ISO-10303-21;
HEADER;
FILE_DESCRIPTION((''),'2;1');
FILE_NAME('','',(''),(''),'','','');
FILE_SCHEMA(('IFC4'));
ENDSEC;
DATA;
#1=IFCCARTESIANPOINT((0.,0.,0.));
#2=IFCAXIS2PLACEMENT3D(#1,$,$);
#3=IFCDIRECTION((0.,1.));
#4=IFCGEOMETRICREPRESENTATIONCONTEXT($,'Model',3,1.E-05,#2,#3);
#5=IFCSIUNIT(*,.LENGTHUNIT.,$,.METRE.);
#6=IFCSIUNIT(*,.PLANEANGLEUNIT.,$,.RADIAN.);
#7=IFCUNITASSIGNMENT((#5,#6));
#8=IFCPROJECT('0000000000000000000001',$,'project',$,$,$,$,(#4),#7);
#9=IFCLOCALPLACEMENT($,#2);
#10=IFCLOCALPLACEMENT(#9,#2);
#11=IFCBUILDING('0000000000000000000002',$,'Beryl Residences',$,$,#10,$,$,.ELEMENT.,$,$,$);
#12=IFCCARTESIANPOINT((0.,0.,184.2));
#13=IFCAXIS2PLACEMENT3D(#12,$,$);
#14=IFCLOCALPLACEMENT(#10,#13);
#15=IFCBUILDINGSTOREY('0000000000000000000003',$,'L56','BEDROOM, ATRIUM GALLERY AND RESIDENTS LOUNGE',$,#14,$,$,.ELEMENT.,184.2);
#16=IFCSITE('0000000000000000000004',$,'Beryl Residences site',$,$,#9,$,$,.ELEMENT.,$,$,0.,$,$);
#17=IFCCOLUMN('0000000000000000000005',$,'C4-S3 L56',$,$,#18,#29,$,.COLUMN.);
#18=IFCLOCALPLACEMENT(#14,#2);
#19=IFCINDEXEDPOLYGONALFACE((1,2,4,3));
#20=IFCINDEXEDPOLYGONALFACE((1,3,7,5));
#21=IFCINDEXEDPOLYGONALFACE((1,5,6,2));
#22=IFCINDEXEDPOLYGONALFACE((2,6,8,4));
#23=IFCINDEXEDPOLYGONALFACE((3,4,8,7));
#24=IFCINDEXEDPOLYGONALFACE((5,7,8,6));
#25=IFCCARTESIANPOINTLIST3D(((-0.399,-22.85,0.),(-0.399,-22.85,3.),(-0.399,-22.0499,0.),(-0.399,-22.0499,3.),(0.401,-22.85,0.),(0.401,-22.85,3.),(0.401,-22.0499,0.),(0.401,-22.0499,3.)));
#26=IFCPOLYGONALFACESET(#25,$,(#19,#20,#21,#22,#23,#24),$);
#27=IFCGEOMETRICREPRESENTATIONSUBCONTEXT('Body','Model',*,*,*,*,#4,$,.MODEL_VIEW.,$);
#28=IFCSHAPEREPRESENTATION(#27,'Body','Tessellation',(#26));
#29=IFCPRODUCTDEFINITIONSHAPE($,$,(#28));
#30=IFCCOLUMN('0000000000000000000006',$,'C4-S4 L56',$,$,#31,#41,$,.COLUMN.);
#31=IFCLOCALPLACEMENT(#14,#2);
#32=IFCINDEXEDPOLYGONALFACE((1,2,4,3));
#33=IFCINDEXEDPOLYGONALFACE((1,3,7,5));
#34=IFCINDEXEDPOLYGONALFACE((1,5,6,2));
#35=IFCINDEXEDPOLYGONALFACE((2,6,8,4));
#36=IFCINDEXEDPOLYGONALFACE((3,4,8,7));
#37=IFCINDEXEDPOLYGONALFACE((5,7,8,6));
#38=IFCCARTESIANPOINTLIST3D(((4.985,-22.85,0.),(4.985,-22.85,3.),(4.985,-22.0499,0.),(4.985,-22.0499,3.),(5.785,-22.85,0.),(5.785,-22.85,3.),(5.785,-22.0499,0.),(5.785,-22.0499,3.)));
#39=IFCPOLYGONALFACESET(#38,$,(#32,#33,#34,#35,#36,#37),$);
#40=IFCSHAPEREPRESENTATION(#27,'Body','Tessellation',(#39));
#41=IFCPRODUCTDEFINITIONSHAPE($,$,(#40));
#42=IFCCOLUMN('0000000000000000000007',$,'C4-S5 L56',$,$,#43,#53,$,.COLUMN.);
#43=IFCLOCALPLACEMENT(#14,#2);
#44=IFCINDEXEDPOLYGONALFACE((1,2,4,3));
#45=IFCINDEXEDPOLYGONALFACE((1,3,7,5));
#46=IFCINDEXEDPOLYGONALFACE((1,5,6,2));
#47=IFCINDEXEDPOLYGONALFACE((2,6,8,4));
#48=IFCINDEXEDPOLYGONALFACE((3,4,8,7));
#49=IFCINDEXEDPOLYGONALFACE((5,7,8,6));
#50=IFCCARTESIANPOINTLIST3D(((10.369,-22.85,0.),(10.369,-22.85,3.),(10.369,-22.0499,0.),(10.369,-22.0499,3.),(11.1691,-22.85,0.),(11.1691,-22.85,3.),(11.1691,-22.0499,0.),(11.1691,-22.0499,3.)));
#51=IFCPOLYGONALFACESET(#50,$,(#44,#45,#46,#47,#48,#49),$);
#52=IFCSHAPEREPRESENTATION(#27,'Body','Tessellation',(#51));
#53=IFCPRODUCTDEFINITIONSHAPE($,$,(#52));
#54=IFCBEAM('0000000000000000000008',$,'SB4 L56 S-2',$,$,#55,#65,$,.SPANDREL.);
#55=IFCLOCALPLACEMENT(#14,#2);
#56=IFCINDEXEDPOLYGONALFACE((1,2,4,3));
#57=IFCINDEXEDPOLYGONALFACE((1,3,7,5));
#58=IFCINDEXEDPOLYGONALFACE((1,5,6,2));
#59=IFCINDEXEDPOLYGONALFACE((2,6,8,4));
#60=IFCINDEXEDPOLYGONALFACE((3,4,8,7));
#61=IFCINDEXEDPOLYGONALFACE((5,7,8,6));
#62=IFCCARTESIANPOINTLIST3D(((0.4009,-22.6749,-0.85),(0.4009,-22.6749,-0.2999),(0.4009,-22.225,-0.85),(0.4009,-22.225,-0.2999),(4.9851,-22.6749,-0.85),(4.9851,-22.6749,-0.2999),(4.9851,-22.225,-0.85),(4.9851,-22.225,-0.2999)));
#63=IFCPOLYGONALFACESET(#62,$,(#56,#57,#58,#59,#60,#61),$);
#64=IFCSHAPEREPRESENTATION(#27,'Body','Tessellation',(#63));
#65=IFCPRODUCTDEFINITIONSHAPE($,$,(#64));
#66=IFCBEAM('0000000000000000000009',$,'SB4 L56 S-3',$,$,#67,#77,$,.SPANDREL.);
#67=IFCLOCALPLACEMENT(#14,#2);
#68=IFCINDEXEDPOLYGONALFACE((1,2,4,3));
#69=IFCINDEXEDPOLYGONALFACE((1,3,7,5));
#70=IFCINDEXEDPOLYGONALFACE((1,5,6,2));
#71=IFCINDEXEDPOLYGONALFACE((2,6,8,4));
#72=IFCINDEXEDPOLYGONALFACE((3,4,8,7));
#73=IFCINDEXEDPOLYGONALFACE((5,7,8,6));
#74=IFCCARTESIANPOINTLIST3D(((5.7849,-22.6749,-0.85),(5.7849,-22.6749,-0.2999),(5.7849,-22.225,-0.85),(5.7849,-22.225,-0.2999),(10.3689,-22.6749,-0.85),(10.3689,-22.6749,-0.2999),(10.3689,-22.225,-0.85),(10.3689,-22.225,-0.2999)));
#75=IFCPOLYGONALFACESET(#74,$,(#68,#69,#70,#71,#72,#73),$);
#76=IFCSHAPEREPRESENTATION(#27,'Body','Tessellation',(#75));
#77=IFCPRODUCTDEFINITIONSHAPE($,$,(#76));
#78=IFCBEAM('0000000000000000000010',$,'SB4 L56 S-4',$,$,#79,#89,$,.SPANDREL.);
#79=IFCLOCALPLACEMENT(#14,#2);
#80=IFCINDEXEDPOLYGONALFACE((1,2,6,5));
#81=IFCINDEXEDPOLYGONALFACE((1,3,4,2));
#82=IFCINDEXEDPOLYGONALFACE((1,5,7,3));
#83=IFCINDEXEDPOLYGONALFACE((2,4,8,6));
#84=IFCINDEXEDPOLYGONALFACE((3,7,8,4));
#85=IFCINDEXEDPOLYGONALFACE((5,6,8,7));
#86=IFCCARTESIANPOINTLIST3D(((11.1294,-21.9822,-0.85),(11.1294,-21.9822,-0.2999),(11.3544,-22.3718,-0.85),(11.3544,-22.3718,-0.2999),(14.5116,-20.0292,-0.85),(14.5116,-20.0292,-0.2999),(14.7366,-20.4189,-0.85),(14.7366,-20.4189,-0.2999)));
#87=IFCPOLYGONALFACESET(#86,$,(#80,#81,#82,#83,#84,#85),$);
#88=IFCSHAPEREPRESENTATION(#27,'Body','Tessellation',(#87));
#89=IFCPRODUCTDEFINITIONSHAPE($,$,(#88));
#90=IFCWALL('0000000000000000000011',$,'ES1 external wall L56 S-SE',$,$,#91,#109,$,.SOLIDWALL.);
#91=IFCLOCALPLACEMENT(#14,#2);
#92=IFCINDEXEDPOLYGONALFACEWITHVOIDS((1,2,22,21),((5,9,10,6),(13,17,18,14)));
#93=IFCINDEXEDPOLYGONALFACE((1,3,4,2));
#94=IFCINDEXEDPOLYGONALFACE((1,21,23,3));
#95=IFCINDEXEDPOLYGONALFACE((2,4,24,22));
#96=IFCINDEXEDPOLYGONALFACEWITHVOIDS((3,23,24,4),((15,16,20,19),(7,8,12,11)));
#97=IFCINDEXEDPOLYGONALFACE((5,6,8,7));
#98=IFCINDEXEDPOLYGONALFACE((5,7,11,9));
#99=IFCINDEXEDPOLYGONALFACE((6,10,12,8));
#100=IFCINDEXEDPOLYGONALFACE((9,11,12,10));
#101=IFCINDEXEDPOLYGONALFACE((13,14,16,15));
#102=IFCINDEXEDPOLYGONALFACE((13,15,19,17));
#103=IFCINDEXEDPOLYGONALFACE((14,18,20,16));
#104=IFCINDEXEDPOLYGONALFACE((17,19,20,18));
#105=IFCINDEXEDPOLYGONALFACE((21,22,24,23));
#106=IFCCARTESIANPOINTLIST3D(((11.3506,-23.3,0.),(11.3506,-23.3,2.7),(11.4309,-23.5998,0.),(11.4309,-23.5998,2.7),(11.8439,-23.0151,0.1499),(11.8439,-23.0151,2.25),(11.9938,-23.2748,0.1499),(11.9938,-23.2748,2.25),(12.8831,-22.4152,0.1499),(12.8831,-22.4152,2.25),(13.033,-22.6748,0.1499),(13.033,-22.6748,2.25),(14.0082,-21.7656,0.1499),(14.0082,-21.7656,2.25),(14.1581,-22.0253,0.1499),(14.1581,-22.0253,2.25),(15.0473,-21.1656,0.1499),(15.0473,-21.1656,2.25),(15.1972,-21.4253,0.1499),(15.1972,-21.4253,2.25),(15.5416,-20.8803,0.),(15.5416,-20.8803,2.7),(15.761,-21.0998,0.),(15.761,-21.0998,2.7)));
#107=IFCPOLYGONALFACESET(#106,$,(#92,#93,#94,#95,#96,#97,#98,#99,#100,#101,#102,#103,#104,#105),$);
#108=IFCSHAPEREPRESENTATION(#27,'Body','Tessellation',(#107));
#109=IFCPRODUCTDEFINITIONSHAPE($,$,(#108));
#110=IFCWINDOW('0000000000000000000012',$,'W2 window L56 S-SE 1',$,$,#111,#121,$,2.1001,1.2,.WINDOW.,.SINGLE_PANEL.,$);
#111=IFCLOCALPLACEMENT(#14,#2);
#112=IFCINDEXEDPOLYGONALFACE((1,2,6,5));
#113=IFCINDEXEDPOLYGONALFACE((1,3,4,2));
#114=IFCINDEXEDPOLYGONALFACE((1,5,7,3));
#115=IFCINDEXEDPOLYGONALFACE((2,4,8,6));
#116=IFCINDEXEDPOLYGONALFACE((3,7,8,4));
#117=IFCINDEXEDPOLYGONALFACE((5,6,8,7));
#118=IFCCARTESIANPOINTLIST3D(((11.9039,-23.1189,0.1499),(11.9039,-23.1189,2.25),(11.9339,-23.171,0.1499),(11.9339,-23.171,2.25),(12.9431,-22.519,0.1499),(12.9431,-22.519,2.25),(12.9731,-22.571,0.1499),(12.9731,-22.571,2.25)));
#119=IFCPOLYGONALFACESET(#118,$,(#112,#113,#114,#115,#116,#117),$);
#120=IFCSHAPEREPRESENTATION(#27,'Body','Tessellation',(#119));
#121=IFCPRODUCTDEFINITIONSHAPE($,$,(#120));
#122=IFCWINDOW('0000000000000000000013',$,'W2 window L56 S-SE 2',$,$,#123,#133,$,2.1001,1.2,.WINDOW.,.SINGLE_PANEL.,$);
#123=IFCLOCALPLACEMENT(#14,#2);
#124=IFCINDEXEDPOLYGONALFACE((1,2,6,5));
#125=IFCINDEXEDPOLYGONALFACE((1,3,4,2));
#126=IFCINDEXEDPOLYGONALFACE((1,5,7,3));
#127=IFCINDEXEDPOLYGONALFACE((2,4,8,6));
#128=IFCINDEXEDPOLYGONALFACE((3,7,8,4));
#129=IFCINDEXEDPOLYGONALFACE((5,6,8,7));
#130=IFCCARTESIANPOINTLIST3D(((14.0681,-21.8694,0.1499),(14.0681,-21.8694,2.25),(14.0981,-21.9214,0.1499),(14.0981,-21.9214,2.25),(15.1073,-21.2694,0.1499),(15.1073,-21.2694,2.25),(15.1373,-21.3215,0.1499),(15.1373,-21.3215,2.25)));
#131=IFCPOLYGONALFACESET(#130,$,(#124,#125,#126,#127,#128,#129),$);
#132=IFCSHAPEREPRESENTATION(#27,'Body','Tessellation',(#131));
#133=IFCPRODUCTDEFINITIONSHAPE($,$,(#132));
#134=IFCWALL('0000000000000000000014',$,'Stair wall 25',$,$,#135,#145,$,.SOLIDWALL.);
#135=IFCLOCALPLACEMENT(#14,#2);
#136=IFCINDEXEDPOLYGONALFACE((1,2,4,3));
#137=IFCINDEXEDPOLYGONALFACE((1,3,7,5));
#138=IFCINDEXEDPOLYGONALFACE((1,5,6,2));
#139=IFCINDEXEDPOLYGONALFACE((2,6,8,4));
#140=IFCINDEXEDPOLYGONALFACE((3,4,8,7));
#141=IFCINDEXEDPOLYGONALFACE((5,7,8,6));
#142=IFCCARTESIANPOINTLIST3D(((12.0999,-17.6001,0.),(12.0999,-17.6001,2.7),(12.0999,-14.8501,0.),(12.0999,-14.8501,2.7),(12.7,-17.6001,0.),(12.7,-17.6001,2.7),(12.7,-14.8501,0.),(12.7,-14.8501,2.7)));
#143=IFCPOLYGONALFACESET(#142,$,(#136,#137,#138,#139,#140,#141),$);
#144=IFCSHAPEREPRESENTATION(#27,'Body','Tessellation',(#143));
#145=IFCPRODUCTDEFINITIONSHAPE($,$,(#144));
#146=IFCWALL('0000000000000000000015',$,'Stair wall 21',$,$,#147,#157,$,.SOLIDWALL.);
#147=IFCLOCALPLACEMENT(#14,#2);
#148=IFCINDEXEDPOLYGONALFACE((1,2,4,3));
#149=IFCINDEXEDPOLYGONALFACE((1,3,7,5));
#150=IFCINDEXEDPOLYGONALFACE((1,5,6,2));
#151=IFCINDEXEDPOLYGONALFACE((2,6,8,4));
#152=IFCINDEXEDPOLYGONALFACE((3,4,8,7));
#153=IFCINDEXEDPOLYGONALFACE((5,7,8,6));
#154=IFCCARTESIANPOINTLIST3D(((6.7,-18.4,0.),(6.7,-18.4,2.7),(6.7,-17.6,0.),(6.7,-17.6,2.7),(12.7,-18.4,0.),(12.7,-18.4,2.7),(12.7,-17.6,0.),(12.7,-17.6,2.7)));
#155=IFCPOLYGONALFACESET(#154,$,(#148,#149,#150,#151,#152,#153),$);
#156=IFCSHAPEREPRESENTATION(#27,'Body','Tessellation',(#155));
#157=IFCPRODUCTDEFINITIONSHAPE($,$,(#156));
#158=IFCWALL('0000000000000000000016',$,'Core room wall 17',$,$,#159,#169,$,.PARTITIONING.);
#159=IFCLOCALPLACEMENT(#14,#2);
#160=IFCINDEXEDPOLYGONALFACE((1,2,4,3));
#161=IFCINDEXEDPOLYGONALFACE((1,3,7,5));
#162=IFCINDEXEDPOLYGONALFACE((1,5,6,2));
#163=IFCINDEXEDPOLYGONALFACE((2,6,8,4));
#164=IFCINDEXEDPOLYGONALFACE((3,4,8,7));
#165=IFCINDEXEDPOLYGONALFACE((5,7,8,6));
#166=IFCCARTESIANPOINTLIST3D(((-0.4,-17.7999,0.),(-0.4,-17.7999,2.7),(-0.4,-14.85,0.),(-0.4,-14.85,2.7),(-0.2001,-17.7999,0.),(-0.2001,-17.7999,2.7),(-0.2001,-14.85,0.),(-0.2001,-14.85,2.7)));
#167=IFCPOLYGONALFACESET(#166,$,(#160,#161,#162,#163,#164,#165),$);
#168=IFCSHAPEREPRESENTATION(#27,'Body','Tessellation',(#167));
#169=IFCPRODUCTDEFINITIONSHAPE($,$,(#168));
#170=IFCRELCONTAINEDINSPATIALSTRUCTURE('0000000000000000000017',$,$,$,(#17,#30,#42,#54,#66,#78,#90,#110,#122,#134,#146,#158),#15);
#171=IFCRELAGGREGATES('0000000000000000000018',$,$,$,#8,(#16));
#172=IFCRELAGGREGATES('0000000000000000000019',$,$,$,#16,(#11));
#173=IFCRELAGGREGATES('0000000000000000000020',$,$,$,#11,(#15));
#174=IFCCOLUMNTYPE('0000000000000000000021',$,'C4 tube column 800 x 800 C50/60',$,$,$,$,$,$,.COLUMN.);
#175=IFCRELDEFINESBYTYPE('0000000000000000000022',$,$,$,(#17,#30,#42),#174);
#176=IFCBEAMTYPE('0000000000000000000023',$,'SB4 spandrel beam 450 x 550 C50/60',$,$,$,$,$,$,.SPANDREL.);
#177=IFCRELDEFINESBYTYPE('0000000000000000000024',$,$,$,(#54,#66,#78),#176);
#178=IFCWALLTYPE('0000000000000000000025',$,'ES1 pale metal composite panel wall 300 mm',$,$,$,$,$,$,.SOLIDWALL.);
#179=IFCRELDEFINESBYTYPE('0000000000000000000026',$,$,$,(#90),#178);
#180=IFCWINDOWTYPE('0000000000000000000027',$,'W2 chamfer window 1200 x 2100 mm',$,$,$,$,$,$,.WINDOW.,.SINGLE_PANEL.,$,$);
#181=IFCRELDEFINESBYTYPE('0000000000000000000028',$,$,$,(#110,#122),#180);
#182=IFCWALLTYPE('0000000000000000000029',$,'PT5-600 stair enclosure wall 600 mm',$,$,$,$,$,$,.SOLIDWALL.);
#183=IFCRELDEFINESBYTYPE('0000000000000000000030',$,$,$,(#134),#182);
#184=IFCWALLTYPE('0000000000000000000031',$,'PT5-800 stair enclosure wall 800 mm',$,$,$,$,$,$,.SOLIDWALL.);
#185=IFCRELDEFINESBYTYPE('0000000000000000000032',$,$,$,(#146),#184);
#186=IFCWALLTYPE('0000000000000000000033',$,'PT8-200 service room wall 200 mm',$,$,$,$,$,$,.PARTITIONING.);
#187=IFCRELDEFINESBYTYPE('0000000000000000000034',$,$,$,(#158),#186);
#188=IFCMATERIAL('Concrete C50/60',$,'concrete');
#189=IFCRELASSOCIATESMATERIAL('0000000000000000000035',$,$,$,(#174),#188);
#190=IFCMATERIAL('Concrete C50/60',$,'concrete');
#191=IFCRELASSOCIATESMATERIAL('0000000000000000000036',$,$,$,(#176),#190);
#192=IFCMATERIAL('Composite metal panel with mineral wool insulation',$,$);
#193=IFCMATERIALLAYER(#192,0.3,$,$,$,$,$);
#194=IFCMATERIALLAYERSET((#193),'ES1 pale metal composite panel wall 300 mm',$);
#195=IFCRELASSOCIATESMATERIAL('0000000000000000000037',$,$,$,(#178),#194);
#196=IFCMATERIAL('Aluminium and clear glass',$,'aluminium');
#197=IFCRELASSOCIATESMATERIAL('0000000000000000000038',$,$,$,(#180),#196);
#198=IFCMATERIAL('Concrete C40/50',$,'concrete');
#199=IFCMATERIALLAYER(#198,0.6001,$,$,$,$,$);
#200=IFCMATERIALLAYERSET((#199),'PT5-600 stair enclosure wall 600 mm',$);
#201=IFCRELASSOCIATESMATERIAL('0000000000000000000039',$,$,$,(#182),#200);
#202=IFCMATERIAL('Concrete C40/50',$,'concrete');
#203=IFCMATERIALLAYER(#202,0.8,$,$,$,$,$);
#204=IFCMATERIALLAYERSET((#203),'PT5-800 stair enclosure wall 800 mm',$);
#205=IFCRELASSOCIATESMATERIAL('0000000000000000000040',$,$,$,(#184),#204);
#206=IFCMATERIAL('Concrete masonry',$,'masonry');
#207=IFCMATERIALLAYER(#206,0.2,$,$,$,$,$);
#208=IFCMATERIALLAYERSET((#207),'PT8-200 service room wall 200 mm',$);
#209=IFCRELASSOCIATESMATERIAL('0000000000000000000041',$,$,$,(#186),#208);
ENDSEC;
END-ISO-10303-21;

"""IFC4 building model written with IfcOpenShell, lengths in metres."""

from ifc_helpers import new_model, si_unit, direction, frame, frame_2d, origin, origin_2d, place, context, subcontext, project, spatial, polyline, rectangle, outline, extrude, material, layer, layer_set, material_profile, profile_set, type_object, element, fill, save


model = new_model("IFC4")

# Units and contexts
model_context = context("Model", 3, precision=1e-05, world=origin(), true_north=direction((0.0, 1.0)))
body_context = subcontext(model_context, "Body", "Model", "MODEL_VIEW")
ifc_project = project(units=[si_unit("LENGTHUNIT", "METRE"), si_unit("PLANEANGLEUNIT", "RADIAN")], contexts=[model_context])

# Site, building, storey
site_placement = place(None, origin())
site = spatial("IfcSite", under=ifc_project, at=site_placement, Name="Beryl Residences site", CompositionType="ELEMENT", RefElevation=0.0)
building_placement = place(site_placement, origin())
building = spatial("IfcBuilding", under=site, at=building_placement, Name="Beryl Residences", CompositionType="ELEMENT")
storey_placement = place(building_placement, frame((0.0, 0.0, 184.2)))
storey = spatial("IfcBuildingStorey", under=building, at=storey_placement, Name="L56", Description="BEDROOM, ATRIUM GALLERY AND RESIDENTS LOUNGE", CompositionType="ELEMENT", Elevation=184.2)

# Columns
ifc_material_1 = material(Name="Concrete C50/60", Category="concrete")
ifc_material_profile_1 = material_profile(ifc_material_1, rectangle(XDim=0.8, YDim=0.8, at=origin_2d()))
ifc_profile_set_1 = profile_set([ifc_material_profile_1], Name="Concrete C50/60")
column_type = type_object("IfcColumnType", Name="C4 tube column 800 x 800 C50/60", PredefinedType="COLUMN", material=ifc_profile_set_1)
for number, where, z_axis, x_axis, name in (
    (1, (0.001, -22.45, 0.0), (0.0, 0.0, 1.0), (1.0, 0.0, 0.0), "C4-S3 L56"),
    (2, (5.385, -22.45, 0.0), (0.0, 0.0, 1.0), (1.0, 0.0, 0.0), "C4-S4 L56"),
    (3, (10.769, -22.45, 0.0), (0.0, 0.0, 1.0), (1.0, 0.0, 0.0), "C4-S5 L56"),
):
    element("IfcColumn", number, at=place(storey_placement, frame(where, z_axis=z_axis, x_axis=x_axis)), inside=storey, type_object=column_type, Name=name, PredefinedType="COLUMN", context=body_context, shape_type="SweptSolid", body=[
        extrude(rectangle(XDim=0.8, YDim=0.8, at=origin_2d()), origin(), (0.0, 0.0, 1.0), 3.0),
    ])

# Beams
ifc_material_2 = material(Name="Concrete C50/60", Category="concrete")
ifc_material_profile_2 = material_profile(ifc_material_2, rectangle(XDim=0.45, YDim=0.55, at=origin_2d()))
ifc_profile_set_2 = profile_set([ifc_material_profile_2], Name="Concrete C50/60")
beam_type = type_object("IfcBeamType", Name="SB4 spandrel beam 450 x 550 C50/60", PredefinedType="SPANDREL", material=ifc_profile_set_2)
beam_1_placement = place(storey_placement, frame((0.4009, -22.45, -0.575), z_axis=(1.0, 0.0, 0.0), x_axis=(0.0, 1.0, 0.0)))
element("IfcBeam", 4, at=beam_1_placement, inside=storey, type_object=beam_type, Name="SB4 L56 S-2", PredefinedType="SPANDREL", context=body_context, shape_type="SweptSolid", body=[
    extrude(rectangle(XDim=0.45, YDim=0.55, at=origin_2d()), origin(), (0.0, 0.0, 1.0), 4.5842),
])
beam_2_placement = place(storey_placement, frame((5.7849, -22.45, -0.575), z_axis=(1.0, 0.0, 0.0), x_axis=(0.0, 1.0, 0.0)))
element("IfcBeam", 5, at=beam_2_placement, inside=storey, type_object=beam_type, Name="SB4 L56 S-3", PredefinedType="SPANDREL", context=body_context, shape_type="SweptSolid", body=[
    extrude(rectangle(XDim=0.45, YDim=0.55, at=origin_2d()), origin(), (0.0, 0.0, 1.0), 4.584),
])
beam_3_placement = place(storey_placement, frame((11.2419, -22.177, -0.575), z_axis=(0.865999, 0.500045, 0.0), x_axis=(-0.500045, 0.865999, 0.0)))
element("IfcBeam", 6, at=beam_3_placement, inside=storey, type_object=beam_type, Name="SB4 L56 S-4", PredefinedType="SPANDREL", context=body_context, shape_type="SweptSolid", body=[
    extrude(rectangle(XDim=0.45, YDim=0.55, at=origin_2d()), origin(), (0.0, 0.0, 1.0), 3.9055),
])

# Wall, openings, windows
ifc_material_3 = material(Name="Composite metal panel with mineral wool insulation")
ifc_layer_1 = layer(ifc_material_3, 0.3)
ifc_layer_set_1 = layer_set([ifc_layer_1], Name="ES1 pale metal composite panel wall 300 mm")
wall_type_1 = type_object("IfcWallType", Name="ES1 pale metal composite panel wall 300 mm", PredefinedType="SOLIDWALL", material=ifc_layer_set_1)
wall_1_placement = place(storey_placement, frame((11.356, -23.47, 0.0), z_axis=(0.0, 0.0, 1.0), x_axis=(0.866023, 0.500004, 0.0)))
wall_1 = element("IfcWall", 7, at=wall_1_placement, inside=storey, type_object=wall_type_1, Name="ES1 external wall L56 S-SE", PredefinedType="SOLIDWALL", context=body_context, shape_type="SweptSolid", body=[
    extrude(outline(polyline([(0.0, -0.1499), (5.0, -0.1499), (4.9197, 0.1499), (0.0803, 0.1499), (0.0, -0.1499)])), origin(), (0.0, 0.0, 1.0), 2.7),
])
opening_1_placement = place(wall_1_placement, frame((0.6499, 0.0, 0.1499)))
opening_1 = element("IfcOpeningElement", 8, at=opening_1_placement, cuts=wall_1, PredefinedType="OPENING", context=body_context, shape_type="SweptSolid", body=[
    extrude(rectangle(XDim=1.2, YDim=2.1001, at=frame_2d((0.6001, 1.05))), frame((0.0, 0.1599, 0.0), z_axis=(0.0, -1.0, 0.0), x_axis=(1.0, 0.0, 0.0)), (0.0, 0.0, 1.0), 0.3201),
])
opening_2_placement = place(wall_1_placement, frame((3.1489, 0.0, 0.1499)))
opening_2 = element("IfcOpeningElement", 9, at=opening_2_placement, cuts=wall_1, PredefinedType="OPENING", context=body_context, shape_type="SweptSolid", body=[
    extrude(rectangle(XDim=1.2, YDim=2.1001, at=frame_2d((0.6001, 1.05))), frame((0.0, 0.1599, 0.0), z_axis=(0.0, -1.0, 0.0), x_axis=(1.0, 0.0, 0.0)), (0.0, 0.0, 1.0), 0.3201),
])
ifc_material_4 = material(Name="Aluminium and clear glass", Category="aluminium")
window_type = type_object("IfcWindowType", Name="W2 chamfer window 1200 x 2100 mm", PartitioningType="SINGLE_PANEL", PredefinedType="WINDOW", material=ifc_material_4)
window_1_placement = place(opening_1_placement, origin())
window_1 = element("IfcWindow", 10, at=window_1_placement, inside=storey, type_object=window_type, Name="W2 window L56 S-SE 1", OverallHeight=2.1001, OverallWidth=1.2, PartitioningType="SINGLE_PANEL", PredefinedType="WINDOW", context=body_context, shape_type="SweptSolid", body=[
    extrude(rectangle(XDim=1.2, YDim=2.1001, at=frame_2d((0.6001, 1.05))), frame((0.0, 0.03, 0.0), z_axis=(0.0, -1.0, 0.0), x_axis=(1.0, 0.0, 0.0)), (0.0, 0.0, 1.0), 0.0601),
])
fill(opening_1, window_1)
window_2_placement = place(opening_2_placement, origin())
window_2 = element("IfcWindow", 11, at=window_2_placement, inside=storey, type_object=window_type, Name="W2 window L56 S-SE 2", OverallHeight=2.1001, OverallWidth=1.2, PartitioningType="SINGLE_PANEL", PredefinedType="WINDOW", context=body_context, shape_type="SweptSolid", body=[
    extrude(rectangle(XDim=1.2, YDim=2.1001, at=frame_2d((0.6001, 1.05))), frame((0.0, 0.03, 0.0), z_axis=(0.0, -1.0, 0.0), x_axis=(1.0, 0.0, 0.0)), (0.0, 0.0, 1.0), 0.0601),
])
fill(opening_2, window_2)

# Walls
ifc_material_5 = material(Name="Concrete C40/50", Category="concrete")
ifc_layer_2 = layer(ifc_material_5, 0.6001)
ifc_layer_set_2 = layer_set([ifc_layer_2], Name="PT5-600 stair enclosure wall 600 mm")
wall_type_2 = type_object("IfcWallType", Name="PT5-600 stair enclosure wall 600 mm", PredefinedType="SOLIDWALL", material=ifc_layer_set_2)
wall_2_placement = place(storey_placement, frame((12.3999, -17.6001, 0.0), z_axis=(0.0, 0.0, 1.0), x_axis=(0.0, 1.0, 0.0)))
element("IfcWall", 12, at=wall_2_placement, inside=storey, type_object=wall_type_2, Name="Stair wall 25", PredefinedType="SOLIDWALL", context=body_context, shape_type="SweptSolid", body=[
    extrude(rectangle(XDim=2.75, YDim=0.6001, at=frame_2d((1.375, 0.0))), origin(), (0.0, 0.0, 1.0), 2.7),
])
ifc_material_6 = material(Name="Concrete C40/50", Category="concrete")
ifc_layer_3 = layer(ifc_material_6, 0.8)
ifc_layer_set_3 = layer_set([ifc_layer_3], Name="PT5-800 stair enclosure wall 800 mm")
wall_type_3 = type_object("IfcWallType", Name="PT5-800 stair enclosure wall 800 mm", PredefinedType="SOLIDWALL", material=ifc_layer_set_3)
wall_3_placement = place(storey_placement, frame((6.7, -18.0, 0.0), z_axis=(0.0, 0.0, 1.0), x_axis=(1.0, 0.0, 0.0)))
element("IfcWall", 13, at=wall_3_placement, inside=storey, type_object=wall_type_3, Name="Stair wall 21", PredefinedType="SOLIDWALL", context=body_context, shape_type="SweptSolid", body=[
    extrude(rectangle(XDim=6.0, YDim=0.8, at=frame_2d((3.0, 0.0))), origin(), (0.0, 0.0, 1.0), 2.7),
])
ifc_material_7 = material(Name="Concrete masonry", Category="masonry")
ifc_layer_4 = layer(ifc_material_7, 0.2)
ifc_layer_set_4 = layer_set([ifc_layer_4], Name="PT8-200 service room wall 200 mm")
wall_type_4 = type_object("IfcWallType", Name="PT8-200 service room wall 200 mm", PredefinedType="PARTITIONING", material=ifc_layer_set_4)
wall_4_placement = place(storey_placement, frame((-0.3, -17.8, 0.0), z_axis=(0.0, 0.0, 1.0), x_axis=(0.0, 1.0, 0.0)))
element("IfcWall", 14, at=wall_4_placement, inside=storey, type_object=wall_type_4, Name="Core room wall 17", PredefinedType="PARTITIONING", context=body_context, shape_type="SweptSolid", body=[
    extrude(rectangle(XDim=2.95, YDim=0.2, at=frame_2d((1.4751, 0.0))), origin(), (0.0, 0.0, 1.0), 2.7),
])

save(model, "model.ifc")
